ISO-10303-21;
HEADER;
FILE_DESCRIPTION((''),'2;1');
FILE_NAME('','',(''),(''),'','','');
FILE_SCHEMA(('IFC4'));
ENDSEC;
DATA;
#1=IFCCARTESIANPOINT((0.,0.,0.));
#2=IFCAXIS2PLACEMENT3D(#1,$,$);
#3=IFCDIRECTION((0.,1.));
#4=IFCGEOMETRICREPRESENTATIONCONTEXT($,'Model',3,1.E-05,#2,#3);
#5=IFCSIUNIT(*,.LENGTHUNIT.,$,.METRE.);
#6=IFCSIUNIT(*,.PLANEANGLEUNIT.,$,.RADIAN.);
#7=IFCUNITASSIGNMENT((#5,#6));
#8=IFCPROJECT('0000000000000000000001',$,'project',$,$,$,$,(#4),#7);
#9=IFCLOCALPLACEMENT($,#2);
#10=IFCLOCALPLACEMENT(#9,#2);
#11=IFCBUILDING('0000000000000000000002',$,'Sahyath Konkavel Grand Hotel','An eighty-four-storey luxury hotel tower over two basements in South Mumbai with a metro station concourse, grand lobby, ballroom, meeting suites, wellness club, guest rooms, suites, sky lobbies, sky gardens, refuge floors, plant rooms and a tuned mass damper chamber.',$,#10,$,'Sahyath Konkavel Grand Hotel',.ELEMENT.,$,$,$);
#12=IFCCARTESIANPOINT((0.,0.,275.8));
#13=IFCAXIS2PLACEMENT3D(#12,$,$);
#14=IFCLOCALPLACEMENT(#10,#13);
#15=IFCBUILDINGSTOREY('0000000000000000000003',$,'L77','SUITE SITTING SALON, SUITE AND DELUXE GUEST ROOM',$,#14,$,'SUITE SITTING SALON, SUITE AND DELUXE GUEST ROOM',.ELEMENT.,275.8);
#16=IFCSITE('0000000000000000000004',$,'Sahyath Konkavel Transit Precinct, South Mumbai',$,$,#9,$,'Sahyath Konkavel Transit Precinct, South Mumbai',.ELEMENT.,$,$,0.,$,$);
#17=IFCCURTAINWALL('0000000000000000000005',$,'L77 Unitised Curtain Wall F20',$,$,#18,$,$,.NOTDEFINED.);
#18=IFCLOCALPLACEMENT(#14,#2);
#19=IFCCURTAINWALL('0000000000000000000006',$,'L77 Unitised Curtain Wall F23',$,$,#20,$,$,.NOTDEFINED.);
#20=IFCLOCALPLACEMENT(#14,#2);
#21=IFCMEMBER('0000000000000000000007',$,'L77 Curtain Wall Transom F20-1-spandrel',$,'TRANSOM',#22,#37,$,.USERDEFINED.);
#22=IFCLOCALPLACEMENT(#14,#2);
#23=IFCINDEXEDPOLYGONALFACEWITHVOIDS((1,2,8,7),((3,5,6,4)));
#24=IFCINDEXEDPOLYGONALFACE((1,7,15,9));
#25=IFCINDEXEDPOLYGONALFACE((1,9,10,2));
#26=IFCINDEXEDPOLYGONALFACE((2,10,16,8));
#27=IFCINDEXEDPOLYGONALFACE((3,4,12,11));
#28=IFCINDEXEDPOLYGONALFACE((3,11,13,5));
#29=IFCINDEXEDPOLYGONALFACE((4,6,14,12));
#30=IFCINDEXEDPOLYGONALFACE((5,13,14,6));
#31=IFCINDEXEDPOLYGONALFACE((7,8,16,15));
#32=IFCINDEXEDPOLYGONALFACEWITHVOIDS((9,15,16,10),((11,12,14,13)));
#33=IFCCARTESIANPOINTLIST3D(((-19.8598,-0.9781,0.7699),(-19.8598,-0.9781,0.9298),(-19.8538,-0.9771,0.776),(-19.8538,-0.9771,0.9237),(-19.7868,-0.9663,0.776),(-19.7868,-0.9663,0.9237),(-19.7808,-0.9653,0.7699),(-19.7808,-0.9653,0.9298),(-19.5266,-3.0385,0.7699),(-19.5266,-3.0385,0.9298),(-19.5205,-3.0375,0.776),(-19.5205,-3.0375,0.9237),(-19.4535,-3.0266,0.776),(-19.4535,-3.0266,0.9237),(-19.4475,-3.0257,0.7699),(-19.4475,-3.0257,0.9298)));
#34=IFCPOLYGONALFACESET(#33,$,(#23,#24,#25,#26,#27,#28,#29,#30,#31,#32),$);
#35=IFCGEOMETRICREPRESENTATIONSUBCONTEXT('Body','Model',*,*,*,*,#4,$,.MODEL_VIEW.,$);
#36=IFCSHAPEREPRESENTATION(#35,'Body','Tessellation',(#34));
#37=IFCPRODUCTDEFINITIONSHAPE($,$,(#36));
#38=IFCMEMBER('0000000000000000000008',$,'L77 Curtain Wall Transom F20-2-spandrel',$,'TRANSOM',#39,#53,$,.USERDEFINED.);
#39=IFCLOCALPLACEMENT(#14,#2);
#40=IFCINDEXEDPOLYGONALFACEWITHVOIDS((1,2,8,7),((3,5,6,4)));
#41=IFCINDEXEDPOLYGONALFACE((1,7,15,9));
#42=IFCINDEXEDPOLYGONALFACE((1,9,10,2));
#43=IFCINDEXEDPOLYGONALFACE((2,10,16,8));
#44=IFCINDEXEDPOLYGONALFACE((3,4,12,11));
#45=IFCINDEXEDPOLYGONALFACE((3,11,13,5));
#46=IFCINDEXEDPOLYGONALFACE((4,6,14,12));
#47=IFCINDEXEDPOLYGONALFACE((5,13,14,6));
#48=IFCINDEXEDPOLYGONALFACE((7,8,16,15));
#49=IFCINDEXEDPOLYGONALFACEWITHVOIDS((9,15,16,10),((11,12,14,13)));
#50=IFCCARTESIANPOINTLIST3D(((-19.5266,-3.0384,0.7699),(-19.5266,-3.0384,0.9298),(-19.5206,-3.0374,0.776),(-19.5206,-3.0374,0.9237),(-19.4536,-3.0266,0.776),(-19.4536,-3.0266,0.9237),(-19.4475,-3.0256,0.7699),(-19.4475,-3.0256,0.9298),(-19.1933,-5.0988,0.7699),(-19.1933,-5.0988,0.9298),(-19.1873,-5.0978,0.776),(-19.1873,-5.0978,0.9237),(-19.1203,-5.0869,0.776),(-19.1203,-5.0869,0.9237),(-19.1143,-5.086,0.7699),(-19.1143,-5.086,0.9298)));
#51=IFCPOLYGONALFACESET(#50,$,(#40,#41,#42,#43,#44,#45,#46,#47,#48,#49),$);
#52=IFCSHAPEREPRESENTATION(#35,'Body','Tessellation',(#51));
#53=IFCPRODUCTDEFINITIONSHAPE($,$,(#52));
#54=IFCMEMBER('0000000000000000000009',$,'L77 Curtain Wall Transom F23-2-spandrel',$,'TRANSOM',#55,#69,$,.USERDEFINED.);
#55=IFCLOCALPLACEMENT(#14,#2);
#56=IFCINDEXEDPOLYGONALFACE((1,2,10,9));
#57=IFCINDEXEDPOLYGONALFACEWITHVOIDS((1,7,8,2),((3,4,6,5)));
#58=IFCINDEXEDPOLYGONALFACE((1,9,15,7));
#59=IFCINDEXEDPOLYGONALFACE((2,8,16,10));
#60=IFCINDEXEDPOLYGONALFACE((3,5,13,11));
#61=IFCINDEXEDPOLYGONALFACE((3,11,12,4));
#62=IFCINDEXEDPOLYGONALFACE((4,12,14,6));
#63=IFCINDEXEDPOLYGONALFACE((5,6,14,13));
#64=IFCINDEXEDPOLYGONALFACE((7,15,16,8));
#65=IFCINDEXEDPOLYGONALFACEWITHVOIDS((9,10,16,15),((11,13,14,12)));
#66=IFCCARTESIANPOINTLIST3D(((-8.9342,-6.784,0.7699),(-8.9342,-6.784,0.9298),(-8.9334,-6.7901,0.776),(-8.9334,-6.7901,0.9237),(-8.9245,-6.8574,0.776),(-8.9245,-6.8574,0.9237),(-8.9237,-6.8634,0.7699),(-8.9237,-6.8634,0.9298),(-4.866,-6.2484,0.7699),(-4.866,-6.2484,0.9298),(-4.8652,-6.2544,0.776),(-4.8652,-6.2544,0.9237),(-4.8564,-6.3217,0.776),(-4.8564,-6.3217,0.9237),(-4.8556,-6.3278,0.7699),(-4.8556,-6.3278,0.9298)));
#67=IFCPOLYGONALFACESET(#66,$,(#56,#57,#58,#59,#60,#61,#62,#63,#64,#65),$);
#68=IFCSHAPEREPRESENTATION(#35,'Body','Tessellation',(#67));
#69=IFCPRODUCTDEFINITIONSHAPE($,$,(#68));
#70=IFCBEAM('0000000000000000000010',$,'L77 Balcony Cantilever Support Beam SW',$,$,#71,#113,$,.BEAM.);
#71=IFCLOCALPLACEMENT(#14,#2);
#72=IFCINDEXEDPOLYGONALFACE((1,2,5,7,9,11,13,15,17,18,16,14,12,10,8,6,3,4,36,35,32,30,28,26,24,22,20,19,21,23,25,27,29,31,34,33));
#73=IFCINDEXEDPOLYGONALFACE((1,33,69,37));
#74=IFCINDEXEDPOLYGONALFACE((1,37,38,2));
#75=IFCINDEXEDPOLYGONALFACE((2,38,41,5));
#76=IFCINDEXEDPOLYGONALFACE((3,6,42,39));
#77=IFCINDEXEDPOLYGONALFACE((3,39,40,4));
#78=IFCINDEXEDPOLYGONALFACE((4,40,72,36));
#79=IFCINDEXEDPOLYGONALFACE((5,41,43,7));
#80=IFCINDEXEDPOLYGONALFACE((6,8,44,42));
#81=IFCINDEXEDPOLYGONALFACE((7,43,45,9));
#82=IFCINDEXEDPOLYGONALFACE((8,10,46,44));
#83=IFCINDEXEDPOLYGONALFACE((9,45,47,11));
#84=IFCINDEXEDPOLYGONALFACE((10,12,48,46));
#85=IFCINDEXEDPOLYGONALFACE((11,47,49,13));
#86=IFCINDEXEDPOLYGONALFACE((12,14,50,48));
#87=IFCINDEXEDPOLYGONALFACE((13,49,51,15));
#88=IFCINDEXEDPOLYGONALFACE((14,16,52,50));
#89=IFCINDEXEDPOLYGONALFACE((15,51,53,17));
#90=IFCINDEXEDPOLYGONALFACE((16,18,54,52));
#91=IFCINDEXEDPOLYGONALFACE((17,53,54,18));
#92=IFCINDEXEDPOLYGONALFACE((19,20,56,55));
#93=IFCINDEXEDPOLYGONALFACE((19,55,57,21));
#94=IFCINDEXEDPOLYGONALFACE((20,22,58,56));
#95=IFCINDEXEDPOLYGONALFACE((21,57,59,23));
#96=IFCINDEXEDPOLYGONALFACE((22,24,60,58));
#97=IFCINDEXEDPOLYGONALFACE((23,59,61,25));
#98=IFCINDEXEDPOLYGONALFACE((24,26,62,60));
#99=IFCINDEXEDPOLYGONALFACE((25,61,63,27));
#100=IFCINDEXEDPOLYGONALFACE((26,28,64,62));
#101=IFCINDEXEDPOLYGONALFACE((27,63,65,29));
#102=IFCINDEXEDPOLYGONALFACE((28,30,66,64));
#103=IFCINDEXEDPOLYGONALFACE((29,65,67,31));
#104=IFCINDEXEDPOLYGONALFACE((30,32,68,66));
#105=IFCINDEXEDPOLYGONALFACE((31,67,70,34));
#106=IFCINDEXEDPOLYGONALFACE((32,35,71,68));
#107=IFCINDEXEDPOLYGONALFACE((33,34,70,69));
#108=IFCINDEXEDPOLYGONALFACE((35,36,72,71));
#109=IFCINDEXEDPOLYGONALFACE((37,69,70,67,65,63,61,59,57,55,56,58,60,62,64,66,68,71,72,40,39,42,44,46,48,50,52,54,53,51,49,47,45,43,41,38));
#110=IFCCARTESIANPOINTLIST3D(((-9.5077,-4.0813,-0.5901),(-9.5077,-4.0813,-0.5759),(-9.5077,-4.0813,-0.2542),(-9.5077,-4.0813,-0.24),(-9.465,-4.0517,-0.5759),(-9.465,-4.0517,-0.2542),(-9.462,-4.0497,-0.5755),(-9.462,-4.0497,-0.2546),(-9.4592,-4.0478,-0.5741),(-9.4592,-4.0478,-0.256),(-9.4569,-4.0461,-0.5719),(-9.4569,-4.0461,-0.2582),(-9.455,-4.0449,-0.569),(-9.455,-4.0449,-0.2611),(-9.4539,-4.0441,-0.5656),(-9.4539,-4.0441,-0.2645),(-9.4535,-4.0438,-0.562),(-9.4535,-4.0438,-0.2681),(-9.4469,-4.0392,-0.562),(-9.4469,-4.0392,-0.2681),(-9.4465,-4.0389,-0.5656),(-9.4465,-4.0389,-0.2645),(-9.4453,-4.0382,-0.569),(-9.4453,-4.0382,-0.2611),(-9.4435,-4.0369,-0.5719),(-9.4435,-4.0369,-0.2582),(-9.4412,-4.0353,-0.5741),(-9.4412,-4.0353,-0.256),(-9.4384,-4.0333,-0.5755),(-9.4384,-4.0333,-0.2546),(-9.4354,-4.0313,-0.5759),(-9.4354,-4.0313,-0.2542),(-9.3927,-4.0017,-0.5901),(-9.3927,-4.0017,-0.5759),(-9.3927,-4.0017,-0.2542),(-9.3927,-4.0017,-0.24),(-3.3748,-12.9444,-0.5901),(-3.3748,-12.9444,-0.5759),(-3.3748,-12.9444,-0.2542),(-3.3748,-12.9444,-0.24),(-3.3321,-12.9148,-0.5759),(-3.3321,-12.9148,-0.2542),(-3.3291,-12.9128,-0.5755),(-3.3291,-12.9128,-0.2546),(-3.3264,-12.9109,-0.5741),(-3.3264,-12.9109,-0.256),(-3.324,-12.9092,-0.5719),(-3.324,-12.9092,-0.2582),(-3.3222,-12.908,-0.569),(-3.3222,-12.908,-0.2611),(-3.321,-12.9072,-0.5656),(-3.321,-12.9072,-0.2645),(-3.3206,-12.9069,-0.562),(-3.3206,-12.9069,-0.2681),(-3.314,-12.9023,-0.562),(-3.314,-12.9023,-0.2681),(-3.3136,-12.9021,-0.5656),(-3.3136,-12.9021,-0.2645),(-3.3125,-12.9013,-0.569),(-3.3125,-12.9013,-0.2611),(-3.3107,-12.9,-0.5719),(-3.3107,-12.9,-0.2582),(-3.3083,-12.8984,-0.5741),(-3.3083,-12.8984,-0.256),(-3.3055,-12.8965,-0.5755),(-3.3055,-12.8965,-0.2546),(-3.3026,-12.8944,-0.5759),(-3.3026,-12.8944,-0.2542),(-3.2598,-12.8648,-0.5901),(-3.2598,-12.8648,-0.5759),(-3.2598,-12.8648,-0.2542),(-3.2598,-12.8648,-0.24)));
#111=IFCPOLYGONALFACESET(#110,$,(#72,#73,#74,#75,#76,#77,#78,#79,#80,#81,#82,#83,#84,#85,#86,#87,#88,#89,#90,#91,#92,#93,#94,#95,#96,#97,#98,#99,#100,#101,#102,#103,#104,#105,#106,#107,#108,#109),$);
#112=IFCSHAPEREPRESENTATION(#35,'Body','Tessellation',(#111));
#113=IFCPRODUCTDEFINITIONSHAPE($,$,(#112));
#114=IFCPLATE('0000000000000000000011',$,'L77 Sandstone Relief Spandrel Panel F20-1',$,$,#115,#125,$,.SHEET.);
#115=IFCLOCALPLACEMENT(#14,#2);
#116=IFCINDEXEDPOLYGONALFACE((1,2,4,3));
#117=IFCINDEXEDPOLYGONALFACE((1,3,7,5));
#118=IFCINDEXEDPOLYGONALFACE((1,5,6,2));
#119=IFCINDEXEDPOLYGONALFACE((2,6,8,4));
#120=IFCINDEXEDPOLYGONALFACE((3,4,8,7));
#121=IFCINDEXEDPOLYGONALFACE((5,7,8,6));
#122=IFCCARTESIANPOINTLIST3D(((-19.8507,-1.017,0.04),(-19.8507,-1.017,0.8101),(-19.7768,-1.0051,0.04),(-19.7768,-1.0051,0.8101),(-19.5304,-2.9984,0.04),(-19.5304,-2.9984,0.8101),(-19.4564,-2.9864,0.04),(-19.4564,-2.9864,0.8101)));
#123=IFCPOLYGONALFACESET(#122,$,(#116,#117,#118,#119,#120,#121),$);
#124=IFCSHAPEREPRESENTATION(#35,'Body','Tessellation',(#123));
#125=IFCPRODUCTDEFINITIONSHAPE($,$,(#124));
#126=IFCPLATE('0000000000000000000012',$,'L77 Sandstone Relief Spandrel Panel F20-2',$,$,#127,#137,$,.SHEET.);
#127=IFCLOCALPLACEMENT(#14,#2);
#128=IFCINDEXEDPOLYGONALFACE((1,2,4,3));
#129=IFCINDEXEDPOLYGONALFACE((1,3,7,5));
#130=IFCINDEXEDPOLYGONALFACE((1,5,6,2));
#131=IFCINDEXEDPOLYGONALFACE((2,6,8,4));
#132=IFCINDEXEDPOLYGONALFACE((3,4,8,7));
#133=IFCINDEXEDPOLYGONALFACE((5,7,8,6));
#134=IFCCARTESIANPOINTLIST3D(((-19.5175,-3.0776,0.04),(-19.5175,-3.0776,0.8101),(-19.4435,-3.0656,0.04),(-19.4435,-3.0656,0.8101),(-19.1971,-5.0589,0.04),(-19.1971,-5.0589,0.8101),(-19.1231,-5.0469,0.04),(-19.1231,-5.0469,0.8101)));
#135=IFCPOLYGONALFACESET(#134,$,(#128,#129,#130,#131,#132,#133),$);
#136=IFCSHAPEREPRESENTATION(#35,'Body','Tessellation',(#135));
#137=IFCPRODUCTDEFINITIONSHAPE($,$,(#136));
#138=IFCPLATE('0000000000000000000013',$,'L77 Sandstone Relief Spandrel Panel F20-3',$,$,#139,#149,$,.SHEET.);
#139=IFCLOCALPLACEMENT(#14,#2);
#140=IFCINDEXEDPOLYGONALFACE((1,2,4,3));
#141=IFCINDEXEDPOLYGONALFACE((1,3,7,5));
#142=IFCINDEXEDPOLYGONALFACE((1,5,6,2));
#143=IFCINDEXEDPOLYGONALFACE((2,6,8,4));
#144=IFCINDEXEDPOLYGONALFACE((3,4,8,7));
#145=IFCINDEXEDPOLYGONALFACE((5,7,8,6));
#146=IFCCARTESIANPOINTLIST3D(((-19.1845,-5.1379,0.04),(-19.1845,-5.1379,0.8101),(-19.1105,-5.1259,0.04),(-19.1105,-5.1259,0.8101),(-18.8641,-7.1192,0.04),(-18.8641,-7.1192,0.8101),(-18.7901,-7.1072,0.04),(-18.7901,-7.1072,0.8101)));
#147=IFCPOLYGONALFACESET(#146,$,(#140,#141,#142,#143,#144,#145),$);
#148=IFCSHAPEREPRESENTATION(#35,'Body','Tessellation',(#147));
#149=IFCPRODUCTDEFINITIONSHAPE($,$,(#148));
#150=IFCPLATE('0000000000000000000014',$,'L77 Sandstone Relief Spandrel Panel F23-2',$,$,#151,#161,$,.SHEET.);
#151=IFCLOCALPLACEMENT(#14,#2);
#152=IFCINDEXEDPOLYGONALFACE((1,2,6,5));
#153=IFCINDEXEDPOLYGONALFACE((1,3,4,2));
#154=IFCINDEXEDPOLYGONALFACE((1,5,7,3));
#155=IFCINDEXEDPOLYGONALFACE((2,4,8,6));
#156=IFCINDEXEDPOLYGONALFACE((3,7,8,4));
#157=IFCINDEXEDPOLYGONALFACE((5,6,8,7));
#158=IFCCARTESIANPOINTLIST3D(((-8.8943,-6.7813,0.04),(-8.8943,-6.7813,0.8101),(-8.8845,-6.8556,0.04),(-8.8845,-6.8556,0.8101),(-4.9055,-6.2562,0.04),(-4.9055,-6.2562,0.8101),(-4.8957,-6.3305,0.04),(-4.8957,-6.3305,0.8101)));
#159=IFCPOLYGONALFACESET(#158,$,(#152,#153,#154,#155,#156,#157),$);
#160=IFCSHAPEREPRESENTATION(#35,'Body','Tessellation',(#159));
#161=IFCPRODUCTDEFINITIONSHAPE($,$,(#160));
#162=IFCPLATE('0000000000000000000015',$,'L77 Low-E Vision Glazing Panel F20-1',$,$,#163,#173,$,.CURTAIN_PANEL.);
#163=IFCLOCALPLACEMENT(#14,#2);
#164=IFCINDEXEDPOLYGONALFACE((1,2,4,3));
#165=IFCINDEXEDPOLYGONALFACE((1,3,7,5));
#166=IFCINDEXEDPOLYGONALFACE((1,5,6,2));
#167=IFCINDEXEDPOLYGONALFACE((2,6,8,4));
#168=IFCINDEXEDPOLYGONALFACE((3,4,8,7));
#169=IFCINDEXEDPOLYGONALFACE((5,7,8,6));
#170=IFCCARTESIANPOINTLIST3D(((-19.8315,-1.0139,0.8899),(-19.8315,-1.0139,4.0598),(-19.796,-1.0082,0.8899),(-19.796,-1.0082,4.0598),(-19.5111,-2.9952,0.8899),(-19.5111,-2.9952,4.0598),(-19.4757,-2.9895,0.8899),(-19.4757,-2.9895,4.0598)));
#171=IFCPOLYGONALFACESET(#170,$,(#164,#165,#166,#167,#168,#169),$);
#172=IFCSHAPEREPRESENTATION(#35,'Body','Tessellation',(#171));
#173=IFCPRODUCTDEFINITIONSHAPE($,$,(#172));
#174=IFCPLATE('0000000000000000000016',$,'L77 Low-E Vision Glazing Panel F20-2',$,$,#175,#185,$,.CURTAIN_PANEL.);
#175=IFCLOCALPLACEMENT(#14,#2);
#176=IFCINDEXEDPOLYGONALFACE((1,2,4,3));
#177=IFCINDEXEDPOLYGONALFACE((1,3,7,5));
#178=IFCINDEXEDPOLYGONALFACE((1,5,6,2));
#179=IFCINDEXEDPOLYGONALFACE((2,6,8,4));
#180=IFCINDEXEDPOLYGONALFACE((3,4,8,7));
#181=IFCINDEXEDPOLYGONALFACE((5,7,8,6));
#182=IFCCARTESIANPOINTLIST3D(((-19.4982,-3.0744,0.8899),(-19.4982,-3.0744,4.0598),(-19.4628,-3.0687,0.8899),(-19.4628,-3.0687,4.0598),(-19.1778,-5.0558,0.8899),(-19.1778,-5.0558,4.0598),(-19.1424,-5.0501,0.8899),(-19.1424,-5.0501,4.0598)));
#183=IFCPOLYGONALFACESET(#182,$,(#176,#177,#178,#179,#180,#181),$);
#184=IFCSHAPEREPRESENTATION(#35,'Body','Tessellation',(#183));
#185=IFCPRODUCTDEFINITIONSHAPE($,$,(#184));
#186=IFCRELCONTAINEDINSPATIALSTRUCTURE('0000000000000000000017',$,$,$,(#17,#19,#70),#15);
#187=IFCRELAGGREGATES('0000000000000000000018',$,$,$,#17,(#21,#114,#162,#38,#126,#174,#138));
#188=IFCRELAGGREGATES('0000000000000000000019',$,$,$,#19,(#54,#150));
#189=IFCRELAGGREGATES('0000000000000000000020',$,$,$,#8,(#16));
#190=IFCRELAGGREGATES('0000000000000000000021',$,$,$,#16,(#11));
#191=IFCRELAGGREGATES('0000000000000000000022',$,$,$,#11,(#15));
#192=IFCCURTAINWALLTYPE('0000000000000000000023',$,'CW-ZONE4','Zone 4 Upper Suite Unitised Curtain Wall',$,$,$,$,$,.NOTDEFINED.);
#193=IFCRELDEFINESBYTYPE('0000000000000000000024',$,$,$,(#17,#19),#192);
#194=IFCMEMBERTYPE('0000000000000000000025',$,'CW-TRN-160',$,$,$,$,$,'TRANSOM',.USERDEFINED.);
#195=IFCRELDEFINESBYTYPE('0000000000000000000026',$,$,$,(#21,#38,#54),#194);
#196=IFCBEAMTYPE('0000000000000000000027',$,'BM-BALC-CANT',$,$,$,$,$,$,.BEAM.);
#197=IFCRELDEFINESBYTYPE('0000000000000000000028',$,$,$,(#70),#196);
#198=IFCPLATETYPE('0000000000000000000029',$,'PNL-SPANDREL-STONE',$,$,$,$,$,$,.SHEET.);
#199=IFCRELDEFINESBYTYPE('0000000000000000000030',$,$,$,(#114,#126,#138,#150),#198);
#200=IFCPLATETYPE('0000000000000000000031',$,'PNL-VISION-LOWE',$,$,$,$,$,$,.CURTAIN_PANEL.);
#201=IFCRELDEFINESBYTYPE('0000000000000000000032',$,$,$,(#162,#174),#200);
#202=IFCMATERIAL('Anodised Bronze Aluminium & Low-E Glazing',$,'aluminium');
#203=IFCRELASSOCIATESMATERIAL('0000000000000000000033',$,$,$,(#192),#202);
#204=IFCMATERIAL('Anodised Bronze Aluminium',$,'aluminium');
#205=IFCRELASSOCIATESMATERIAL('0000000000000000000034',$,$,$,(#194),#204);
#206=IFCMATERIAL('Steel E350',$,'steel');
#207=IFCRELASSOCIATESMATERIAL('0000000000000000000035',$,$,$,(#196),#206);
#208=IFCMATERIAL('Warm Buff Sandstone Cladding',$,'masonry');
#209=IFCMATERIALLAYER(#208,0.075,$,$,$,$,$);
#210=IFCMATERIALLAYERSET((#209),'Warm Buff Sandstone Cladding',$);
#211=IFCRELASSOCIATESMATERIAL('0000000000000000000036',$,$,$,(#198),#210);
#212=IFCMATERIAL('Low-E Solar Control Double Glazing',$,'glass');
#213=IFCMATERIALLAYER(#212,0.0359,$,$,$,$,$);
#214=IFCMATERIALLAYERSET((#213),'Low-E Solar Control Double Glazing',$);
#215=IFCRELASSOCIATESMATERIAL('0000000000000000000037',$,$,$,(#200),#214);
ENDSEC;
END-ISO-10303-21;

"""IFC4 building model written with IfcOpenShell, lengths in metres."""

from ifc_helpers import new_model, si_unit, direction, frame, origin, origin_2d, place, context, subcontext, project, spatial, rectangle, hollow_rectangle, i_section, extrude, source, transform, mapped, material, layer, layer_set, material_profile, profile_set, type_object, element, aggregate, save


model = new_model("IFC4")

# Units and contexts
model_context = context("Model", 3, precision=1e-05, world=origin(), true_north=direction((0.0, 1.0)))
body_context = subcontext(model_context, "Body", "Model", "MODEL_VIEW")
ifc_project = project(units=[si_unit("LENGTHUNIT", "METRE"), si_unit("PLANEANGLEUNIT", "RADIAN")], contexts=[model_context])

# Site, building, storey
site_placement = place(None, origin())
site = spatial("IfcSite", under=ifc_project, at=site_placement, Name="Sahyath Konkavel Transit Precinct, South Mumbai", LongName="Sahyath Konkavel Transit Precinct, South Mumbai", CompositionType="ELEMENT", RefElevation=0.0)
building_placement = place(site_placement, origin())
building = spatial("IfcBuilding", under=site, at=building_placement, Name="Sahyath Konkavel Grand Hotel", Description="An eighty-four-storey luxury hotel tower over two basements in South Mumbai with a metro station concourse, grand lobby, ballroom, meeting suites, wellness club, guest rooms, suites, sky lobbies, sky gardens, refuge floors, plant rooms and a tuned mass damper chamber.", LongName="Sahyath Konkavel Grand Hotel", CompositionType="ELEMENT")
storey_placement = place(building_placement, frame((0.0, 0.0, 275.8)))
storey = spatial("IfcBuildingStorey", under=building, at=storey_placement, Name="L77", Description="SUITE SITTING SALON, SUITE AND DELUXE GUEST ROOM", LongName="SUITE SITTING SALON, SUITE AND DELUXE GUEST ROOM", CompositionType="ELEMENT", Elevation=275.8)

# Shared definitions
ifc_material_1 = material(Name="Steel E350", Category="steel")

# Curtain wall
ifc_material_2 = material(Name="Anodised Bronze Aluminium & Low-E Glazing", Category="aluminium")
curtain_wall_type = type_object("IfcCurtainWallType", Name="CW-ZONE4", Description="Zone 4 Upper Suite Unitised Curtain Wall", PredefinedType="NOTDEFINED", material=ifc_material_2)
curtain_wall_1_placement = place(storey_placement, origin())
curtain_wall_1 = element("IfcCurtainWall", 1, at=curtain_wall_1_placement, inside=storey, type_object=curtain_wall_type, Name="L77 Unitised Curtain Wall F20", PredefinedType="NOTDEFINED")
ifc_material_3 = material(Name="Anodised Bronze Aluminium", Category="aluminium")

# Curtain wall
curtain_wall_2_placement = place(storey_placement, origin())
curtain_wall_2 = element("IfcCurtainWall", 2, at=curtain_wall_2_placement, inside=storey, type_object=curtain_wall_type, Name="L77 Unitised Curtain Wall F23", PredefinedType="NOTDEFINED")

# Members
ifc_material_profile_1 = material_profile(ifc_material_3, hollow_rectangle(XDim=0.0801, YDim=0.1599, WallThickness=0.0061, at=origin_2d()), Name="RHS 160x80x6")
ifc_profile_set_1 = profile_set([ifc_material_profile_1], Name="Anodised Bronze Aluminium")
member_type_1 = type_object("IfcMemberType", Name="CW-TRN-160", ElementType="TRANSOM", PredefinedType="USERDEFINED", material=ifc_profile_set_1)
shared_shape_1 = source(origin(), body_context, "Body", "SweptSolid", [
    extrude(hollow_rectangle(XDim=0.0801, YDim=0.1599, WallThickness=0.0061, at=origin_2d()), origin(), (0.0, 0.0, 1.0), 2.0872),
])
member_1_placement = place(storey_placement, frame((-19.8203, -0.9717, 0.8499), z_axis=(0.159674, -0.98717, 0.0), x_axis=(0.98717, 0.159674, 0.0)))
member_1 = element("IfcMember", 3, at=member_1_placement, type_object=member_type_1, Name="L77 Curtain Wall Transom F20-1-spandrel", ObjectType="TRANSOM", PredefinedType="USERDEFINED", context=body_context, shape_type="MappedRepresentation", body=[
    mapped(shared_shape_1, transform((0.0, 0.0, 0.0), scale=1.0)),
])
member_2_placement = place(storey_placement, frame((-19.4871, -3.032, 0.8499), z_axis=(0.159674, -0.98717, 0.0), x_axis=(0.98717, 0.159674, 0.0)))
member_2 = element("IfcMember", 4, at=member_2_placement, type_object=member_type_1, Name="L77 Curtain Wall Transom F20-2-spandrel", ObjectType="TRANSOM", PredefinedType="USERDEFINED", context=body_context, shape_type="MappedRepresentation", body=[
    mapped(shared_shape_1, transform((0.0, 0.0, 0.0), scale=1.0)),
])
shared_shape_2 = source(origin(), body_context, "Body", "SweptSolid", [
    extrude(hollow_rectangle(XDim=0.0801, YDim=0.1599, WallThickness=0.0061, at=origin_2d()), origin(), (0.0, 0.0, 1.0), 4.1033),
])
member_3_placement = place(storey_placement, frame((-8.929, -6.8237, 0.8499), z_axis=(0.991443, 0.130542, 0.0), x_axis=(-0.130542, 0.991443, 0.0)))
member_3 = element("IfcMember", 5, at=member_3_placement, type_object=member_type_1, Name="L77 Curtain Wall Transom F23-2-spandrel", ObjectType="TRANSOM", PredefinedType="USERDEFINED", context=body_context, shape_type="MappedRepresentation", body=[
    mapped(shared_shape_2, transform((0.0, 0.0, 0.0), scale=1.0)),
])

# Beam
ifc_material_profile_2 = material_profile(ifc_material_1, i_section(OverallWidth=0.1399, OverallDepth=0.3501, WebThickness=0.0081, FlangeThickness=0.0142, FilletRadius=0.0139, at=origin_2d()), Name="ISMB 350")
ifc_profile_set_2 = profile_set([ifc_material_profile_2], Name="Steel E350")
beam_type_1 = type_object("IfcBeamType", Name="BM-BALC-CANT", PredefinedType="BEAM", material=ifc_profile_set_2)
shared_shape_3 = source(origin(), body_context, "Body", "SweptSolid", [
    extrude(i_section(OverallWidth=0.1399, OverallDepth=0.3501, WebThickness=0.0081, FlangeThickness=0.0142, FilletRadius=0.0139, at=origin_2d()), origin(), (0.0, 0.0, 1.0), 10.7781),
])
beam_1_placement = place(storey_placement, frame((-9.4502, -4.0415, -0.415), z_axis=(0.569013, -0.822328, 0.0), x_axis=(0.822328, 0.569013, 0.0)))
element("IfcBeam", 6, at=beam_1_placement, inside=storey, type_object=beam_type_1, Name="L77 Balcony Cantilever Support Beam SW", PredefinedType="BEAM", context=body_context, shape_type="MappedRepresentation", body=[
    mapped(shared_shape_3, transform((0.0, 0.0, 0.0), scale=1.0)),
])

# Plates
ifc_material_4 = material(Name="Warm Buff Sandstone Cladding", Category="masonry")
ifc_layer_1 = layer(ifc_material_4, 0.075)
ifc_layer_set_1 = layer_set([ifc_layer_1], Name="Warm Buff Sandstone Cladding")
plate_type_1 = type_object("IfcPlateType", Name="PNL-SPANDREL-STONE", PredefinedType="SHEET", material=ifc_layer_set_1)
shared_shape_4 = source(origin(), body_context, "Body", "SweptSolid", [
    extrude(rectangle(XDim=2.0071, YDim=0.075, at=origin_2d()), origin(), (0.0, 0.0, 1.0), 0.77),
])
plate_1_placement = place(storey_placement, frame((-19.6536, -2.0017, 0.04), z_axis=(0.0, 0.0, 1.0), x_axis=(0.159623, -0.987178, 0.0)))
plate_1 = element("IfcPlate", 7, at=plate_1_placement, type_object=plate_type_1, Name="L77 Sandstone Relief Spandrel Panel F20-1", PredefinedType="SHEET", context=body_context, shape_type="MappedRepresentation", body=[
    mapped(shared_shape_4, transform((0.0, 0.0, 0.0), scale=1.0)),
])
plate_2_placement = place(storey_placement, frame((-19.3203, -4.0623, 0.04), z_axis=(0.0, 0.0, 1.0), x_axis=(0.159623, -0.987178, 0.0)))
plate_2 = element("IfcPlate", 8, at=plate_2_placement, type_object=plate_type_1, Name="L77 Sandstone Relief Spandrel Panel F20-2", PredefinedType="SHEET", context=body_context, shape_type="MappedRepresentation", body=[
    mapped(shared_shape_4, transform((0.0, 0.0, 0.0), scale=1.0)),
])
plate_3_placement = place(storey_placement, frame((-18.9873, -6.1226, 0.04), z_axis=(0.0, 0.0, 1.0), x_axis=(0.159623, -0.987178, 0.0)))
plate_3 = element("IfcPlate", 9, at=plate_3_placement, type_object=plate_type_1, Name="L77 Sandstone Relief Spandrel Panel F20-3", PredefinedType="SHEET", context=body_context, shape_type="MappedRepresentation", body=[
    mapped(shared_shape_4, transform((0.0, 0.0, 0.0), scale=1.0)),
])
shared_shape_5 = source(origin(), body_context, "Body", "SweptSolid", [
    extrude(rectangle(XDim=4.0232, YDim=0.075, at=origin_2d()), origin(), (0.0, 0.0, 1.0), 0.77),
])
plate_4_placement = place(storey_placement, frame((-6.895, -6.5559, 0.04), z_axis=(0.0, 0.0, 1.0), x_axis=(0.991445, 0.130526, 0.0)))
plate_4 = element("IfcPlate", 10, at=plate_4_placement, type_object=plate_type_1, Name="L77 Sandstone Relief Spandrel Panel F23-2", PredefinedType="SHEET", context=body_context, shape_type="MappedRepresentation", body=[
    mapped(shared_shape_5, transform((0.0, 0.0, 0.0), scale=1.0)),
])
ifc_material_5 = material(Name="Low-E Solar Control Double Glazing", Category="glass")
ifc_layer_2 = layer(ifc_material_5, 0.0359)
ifc_layer_set_2 = layer_set([ifc_layer_2], Name="Low-E Solar Control Double Glazing")
plate_type_2 = type_object("IfcPlateType", Name="PNL-VISION-LOWE", PredefinedType="CURTAIN_PANEL", material=ifc_layer_set_2)
shared_shape_6 = source(origin(), body_context, "Body", "SweptSolid", [
    extrude(rectangle(XDim=2.0071, YDim=0.0359, at=origin_2d()), origin(), (0.0, 0.0, 1.0), 3.1699),
])
plate_5_placement = place(storey_placement, frame((-19.6536, -2.0017, 0.8899), z_axis=(0.0, 0.0, 1.0), x_axis=(0.159623, -0.987178, 0.0)))
plate_5 = element("IfcPlate", 11, at=plate_5_placement, type_object=plate_type_2, Name="L77 Low-E Vision Glazing Panel F20-1", PredefinedType="CURTAIN_PANEL", context=body_context, shape_type="MappedRepresentation", body=[
    mapped(shared_shape_6, transform((0.0, 0.0, 0.0), scale=1.0)),
])
plate_6_placement = place(storey_placement, frame((-19.3203, -4.0623, 0.8899), z_axis=(0.0, 0.0, 1.0), x_axis=(0.159623, -0.987178, 0.0)))
plate_6 = element("IfcPlate", 12, at=plate_6_placement, type_object=plate_type_2, Name="L77 Low-E Vision Glazing Panel F20-2", PredefinedType="CURTAIN_PANEL", context=body_context, shape_type="MappedRepresentation", body=[
    mapped(shared_shape_6, transform((0.0, 0.0, 0.0), scale=1.0)),
])
aggregate(curtain_wall_1, [member_1, plate_1, plate_5, member_2, plate_2, plate_6, plate_3])
aggregate(curtain_wall_2, [member_3, plate_4])

save(model, "model.ifc")
